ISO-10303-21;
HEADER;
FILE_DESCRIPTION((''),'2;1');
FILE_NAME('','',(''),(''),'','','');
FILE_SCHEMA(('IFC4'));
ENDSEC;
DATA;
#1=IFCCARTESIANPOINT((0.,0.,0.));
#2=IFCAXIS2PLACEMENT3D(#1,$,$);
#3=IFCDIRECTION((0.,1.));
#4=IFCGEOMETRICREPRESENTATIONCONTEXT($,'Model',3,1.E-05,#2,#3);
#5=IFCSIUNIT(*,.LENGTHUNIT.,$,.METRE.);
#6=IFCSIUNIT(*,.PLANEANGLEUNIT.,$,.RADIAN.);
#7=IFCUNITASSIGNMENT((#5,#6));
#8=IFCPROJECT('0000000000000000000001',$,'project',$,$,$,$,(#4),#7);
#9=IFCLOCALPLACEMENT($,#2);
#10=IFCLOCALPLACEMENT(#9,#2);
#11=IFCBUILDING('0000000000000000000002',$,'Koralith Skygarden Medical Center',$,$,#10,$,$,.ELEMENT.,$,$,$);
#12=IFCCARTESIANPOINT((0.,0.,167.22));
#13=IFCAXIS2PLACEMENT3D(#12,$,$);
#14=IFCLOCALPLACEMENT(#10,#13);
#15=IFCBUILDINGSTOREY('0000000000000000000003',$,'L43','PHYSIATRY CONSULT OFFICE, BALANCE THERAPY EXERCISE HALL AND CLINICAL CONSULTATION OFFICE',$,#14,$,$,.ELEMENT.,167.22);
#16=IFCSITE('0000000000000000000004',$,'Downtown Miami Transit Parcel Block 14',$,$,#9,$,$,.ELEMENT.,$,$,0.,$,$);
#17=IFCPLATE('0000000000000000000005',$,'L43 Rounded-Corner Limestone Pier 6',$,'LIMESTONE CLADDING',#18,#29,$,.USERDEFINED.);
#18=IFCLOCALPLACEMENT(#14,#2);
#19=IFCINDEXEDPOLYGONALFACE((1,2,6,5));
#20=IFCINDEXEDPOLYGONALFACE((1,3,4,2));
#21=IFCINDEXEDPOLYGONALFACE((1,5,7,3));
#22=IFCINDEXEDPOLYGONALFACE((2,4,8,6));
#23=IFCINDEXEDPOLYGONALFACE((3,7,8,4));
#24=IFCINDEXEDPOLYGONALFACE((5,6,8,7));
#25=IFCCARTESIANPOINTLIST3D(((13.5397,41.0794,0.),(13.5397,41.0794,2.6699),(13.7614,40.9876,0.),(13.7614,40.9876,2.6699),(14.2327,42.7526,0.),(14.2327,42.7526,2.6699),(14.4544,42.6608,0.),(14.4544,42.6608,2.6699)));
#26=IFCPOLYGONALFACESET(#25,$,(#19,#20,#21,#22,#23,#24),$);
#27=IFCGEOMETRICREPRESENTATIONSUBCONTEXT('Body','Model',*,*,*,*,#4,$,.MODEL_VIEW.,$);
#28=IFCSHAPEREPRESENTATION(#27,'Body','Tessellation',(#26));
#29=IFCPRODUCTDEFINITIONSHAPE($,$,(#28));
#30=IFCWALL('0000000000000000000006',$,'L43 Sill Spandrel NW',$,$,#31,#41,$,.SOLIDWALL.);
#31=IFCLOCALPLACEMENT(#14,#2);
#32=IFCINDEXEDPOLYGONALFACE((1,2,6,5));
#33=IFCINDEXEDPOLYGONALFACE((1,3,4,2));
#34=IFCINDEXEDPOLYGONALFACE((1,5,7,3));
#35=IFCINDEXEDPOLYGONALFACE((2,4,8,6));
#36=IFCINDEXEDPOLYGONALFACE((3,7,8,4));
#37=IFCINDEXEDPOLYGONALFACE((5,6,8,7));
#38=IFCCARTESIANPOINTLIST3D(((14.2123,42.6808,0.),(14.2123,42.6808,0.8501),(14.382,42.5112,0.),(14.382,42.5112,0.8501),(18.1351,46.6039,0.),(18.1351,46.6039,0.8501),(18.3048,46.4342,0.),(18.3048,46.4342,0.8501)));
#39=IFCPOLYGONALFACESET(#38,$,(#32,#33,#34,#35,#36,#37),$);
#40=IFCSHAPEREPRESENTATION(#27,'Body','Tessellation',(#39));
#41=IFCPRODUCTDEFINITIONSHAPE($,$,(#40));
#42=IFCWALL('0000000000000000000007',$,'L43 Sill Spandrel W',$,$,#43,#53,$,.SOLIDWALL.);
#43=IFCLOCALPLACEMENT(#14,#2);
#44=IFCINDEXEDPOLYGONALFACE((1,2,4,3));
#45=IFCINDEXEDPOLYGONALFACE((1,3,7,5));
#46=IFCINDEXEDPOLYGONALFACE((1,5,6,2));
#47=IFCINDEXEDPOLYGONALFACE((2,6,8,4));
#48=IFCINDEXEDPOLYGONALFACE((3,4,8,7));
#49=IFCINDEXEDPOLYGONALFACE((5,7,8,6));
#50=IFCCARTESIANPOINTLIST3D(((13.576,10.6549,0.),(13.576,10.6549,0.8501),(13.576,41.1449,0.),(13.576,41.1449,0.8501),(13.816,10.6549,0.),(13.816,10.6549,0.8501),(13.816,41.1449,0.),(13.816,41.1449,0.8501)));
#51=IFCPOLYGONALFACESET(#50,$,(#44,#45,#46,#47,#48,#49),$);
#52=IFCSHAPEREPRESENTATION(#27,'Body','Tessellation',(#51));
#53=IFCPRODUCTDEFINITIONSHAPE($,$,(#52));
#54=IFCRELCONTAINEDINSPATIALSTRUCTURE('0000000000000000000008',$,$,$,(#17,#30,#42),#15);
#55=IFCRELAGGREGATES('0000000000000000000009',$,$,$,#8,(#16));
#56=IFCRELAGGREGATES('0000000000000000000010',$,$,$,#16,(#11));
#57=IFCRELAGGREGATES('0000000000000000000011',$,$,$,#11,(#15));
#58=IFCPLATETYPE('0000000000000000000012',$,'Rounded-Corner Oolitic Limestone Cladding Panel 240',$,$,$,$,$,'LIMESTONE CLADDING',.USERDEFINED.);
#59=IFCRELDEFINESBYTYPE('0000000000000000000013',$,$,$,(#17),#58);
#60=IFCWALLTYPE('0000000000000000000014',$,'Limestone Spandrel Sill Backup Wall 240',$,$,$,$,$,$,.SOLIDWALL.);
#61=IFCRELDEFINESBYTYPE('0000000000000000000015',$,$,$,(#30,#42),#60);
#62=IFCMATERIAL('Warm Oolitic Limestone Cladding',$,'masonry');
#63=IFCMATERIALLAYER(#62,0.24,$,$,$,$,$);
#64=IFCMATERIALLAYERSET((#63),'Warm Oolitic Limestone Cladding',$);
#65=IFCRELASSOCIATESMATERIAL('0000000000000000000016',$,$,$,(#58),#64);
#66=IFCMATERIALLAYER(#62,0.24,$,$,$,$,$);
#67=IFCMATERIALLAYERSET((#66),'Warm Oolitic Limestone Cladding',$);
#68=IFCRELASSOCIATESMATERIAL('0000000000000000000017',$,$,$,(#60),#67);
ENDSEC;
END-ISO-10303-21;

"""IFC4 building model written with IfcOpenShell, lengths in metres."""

from ifc_helpers import new_model, si_unit, direction, frame, frame_2d, origin, origin_2d, place, context, subcontext, project, spatial, rectangle, extrude, material, layer, layer_set, type_object, element, save


model = new_model("IFC4")

# Units and contexts
model_context = context("Model", 3, precision=1e-05, world=origin(), true_north=direction((0.0, 1.0)))
body_context = subcontext(model_context, "Body", "Model", "MODEL_VIEW")
ifc_project = project(units=[si_unit("LENGTHUNIT", "METRE"), si_unit("PLANEANGLEUNIT", "RADIAN")], contexts=[model_context])

# Site, building, storey
site_placement = place(None, origin())
site = spatial("IfcSite", under=ifc_project, at=site_placement, Name="Downtown Miami Transit Parcel Block 14", CompositionType="ELEMENT", RefElevation=0.0)
building_placement = place(site_placement, origin())
building = spatial("IfcBuilding", under=site, at=building_placement, Name="Koralith Skygarden Medical Center", CompositionType="ELEMENT")
storey_placement = place(building_placement, frame((0.0, 0.0, 167.22)))
storey = spatial("IfcBuildingStorey", under=building, at=storey_placement, Name="L43", Description="PHYSIATRY CONSULT OFFICE, BALANCE THERAPY EXERCISE HALL AND CLINICAL CONSULTATION OFFICE", CompositionType="ELEMENT", Elevation=167.22)

# Plate
ifc_material_1 = material(Name="Warm Oolitic Limestone Cladding", Category="masonry")
ifc_layer_1 = layer(ifc_material_1, 0.24)
ifc_layer_set_1 = layer_set([ifc_layer_1], Name="Warm Oolitic Limestone Cladding")
plate_type_1 = type_object("IfcPlateType", Name="Rounded-Corner Oolitic Limestone Cladding Panel 240", ElementType="LIMESTONE CLADDING", PredefinedType="USERDEFINED", material=ifc_layer_set_1)
for number, where, z_axis, x_axis, name in (
    (1, (13.9971, 41.8701, 0.0), (0.0, 0.0, 1.0), (-0.382671, -0.923885, 0.0), "L43 Rounded-Corner Limestone Pier 6"),
):
    element("IfcPlate", number, at=place(storey_placement, frame(where, z_axis=z_axis, x_axis=x_axis)), inside=storey, type_object=plate_type_1, Name=name, ObjectType="LIMESTONE CLADDING", PredefinedType="USERDEFINED", context=body_context, shape_type="SweptSolid", body=[
        extrude(rectangle(XDim=1.811, YDim=0.24, at=origin_2d()), origin(), (0.0, 0.0, 1.0), 2.6699),
    ])

# Walls
ifc_layer_2 = layer(ifc_material_1, 0.24)
ifc_layer_set_2 = layer_set([ifc_layer_2], Name="Warm Oolitic Limestone Cladding")
wall_type = type_object("IfcWallType", Name="Limestone Spandrel Sill Backup Wall 240", PredefinedType="SOLIDWALL", material=ifc_layer_set_2)
wall_1_placement = place(storey_placement, frame((18.22, 46.519, 0.0), z_axis=(0.0, 0.0, 1.0), x_axis=(-0.707085, -0.707129, 0.0)))
element("IfcWall", 2, at=wall_1_placement, inside=storey, type_object=wall_type, Name="L43 Sill Spandrel NW", PredefinedType="SOLIDWALL", context=body_context, shape_type="SweptSolid", body=[
    extrude(rectangle(XDim=5.5479, YDim=0.24, at=frame_2d((2.7739, 0.0))), origin(), (0.0, 0.0, 1.0), 0.8501),
])
wall_2_placement = place(storey_placement, frame((13.696, 41.145, 0.0), z_axis=(0.0, 0.0, 1.0), x_axis=(0.0, -1.0, 0.0)))
element("IfcWall", 3, at=wall_2_placement, inside=storey, type_object=wall_type, Name="L43 Sill Spandrel W", PredefinedType="SOLIDWALL", context=body_context, shape_type="SweptSolid", body=[
    extrude(rectangle(XDim=30.49, YDim=0.24, at=frame_2d((15.2451, 0.0))), origin(), (0.0, 0.0, 1.0), 0.8501),
])

save(model, "model.ifc")
